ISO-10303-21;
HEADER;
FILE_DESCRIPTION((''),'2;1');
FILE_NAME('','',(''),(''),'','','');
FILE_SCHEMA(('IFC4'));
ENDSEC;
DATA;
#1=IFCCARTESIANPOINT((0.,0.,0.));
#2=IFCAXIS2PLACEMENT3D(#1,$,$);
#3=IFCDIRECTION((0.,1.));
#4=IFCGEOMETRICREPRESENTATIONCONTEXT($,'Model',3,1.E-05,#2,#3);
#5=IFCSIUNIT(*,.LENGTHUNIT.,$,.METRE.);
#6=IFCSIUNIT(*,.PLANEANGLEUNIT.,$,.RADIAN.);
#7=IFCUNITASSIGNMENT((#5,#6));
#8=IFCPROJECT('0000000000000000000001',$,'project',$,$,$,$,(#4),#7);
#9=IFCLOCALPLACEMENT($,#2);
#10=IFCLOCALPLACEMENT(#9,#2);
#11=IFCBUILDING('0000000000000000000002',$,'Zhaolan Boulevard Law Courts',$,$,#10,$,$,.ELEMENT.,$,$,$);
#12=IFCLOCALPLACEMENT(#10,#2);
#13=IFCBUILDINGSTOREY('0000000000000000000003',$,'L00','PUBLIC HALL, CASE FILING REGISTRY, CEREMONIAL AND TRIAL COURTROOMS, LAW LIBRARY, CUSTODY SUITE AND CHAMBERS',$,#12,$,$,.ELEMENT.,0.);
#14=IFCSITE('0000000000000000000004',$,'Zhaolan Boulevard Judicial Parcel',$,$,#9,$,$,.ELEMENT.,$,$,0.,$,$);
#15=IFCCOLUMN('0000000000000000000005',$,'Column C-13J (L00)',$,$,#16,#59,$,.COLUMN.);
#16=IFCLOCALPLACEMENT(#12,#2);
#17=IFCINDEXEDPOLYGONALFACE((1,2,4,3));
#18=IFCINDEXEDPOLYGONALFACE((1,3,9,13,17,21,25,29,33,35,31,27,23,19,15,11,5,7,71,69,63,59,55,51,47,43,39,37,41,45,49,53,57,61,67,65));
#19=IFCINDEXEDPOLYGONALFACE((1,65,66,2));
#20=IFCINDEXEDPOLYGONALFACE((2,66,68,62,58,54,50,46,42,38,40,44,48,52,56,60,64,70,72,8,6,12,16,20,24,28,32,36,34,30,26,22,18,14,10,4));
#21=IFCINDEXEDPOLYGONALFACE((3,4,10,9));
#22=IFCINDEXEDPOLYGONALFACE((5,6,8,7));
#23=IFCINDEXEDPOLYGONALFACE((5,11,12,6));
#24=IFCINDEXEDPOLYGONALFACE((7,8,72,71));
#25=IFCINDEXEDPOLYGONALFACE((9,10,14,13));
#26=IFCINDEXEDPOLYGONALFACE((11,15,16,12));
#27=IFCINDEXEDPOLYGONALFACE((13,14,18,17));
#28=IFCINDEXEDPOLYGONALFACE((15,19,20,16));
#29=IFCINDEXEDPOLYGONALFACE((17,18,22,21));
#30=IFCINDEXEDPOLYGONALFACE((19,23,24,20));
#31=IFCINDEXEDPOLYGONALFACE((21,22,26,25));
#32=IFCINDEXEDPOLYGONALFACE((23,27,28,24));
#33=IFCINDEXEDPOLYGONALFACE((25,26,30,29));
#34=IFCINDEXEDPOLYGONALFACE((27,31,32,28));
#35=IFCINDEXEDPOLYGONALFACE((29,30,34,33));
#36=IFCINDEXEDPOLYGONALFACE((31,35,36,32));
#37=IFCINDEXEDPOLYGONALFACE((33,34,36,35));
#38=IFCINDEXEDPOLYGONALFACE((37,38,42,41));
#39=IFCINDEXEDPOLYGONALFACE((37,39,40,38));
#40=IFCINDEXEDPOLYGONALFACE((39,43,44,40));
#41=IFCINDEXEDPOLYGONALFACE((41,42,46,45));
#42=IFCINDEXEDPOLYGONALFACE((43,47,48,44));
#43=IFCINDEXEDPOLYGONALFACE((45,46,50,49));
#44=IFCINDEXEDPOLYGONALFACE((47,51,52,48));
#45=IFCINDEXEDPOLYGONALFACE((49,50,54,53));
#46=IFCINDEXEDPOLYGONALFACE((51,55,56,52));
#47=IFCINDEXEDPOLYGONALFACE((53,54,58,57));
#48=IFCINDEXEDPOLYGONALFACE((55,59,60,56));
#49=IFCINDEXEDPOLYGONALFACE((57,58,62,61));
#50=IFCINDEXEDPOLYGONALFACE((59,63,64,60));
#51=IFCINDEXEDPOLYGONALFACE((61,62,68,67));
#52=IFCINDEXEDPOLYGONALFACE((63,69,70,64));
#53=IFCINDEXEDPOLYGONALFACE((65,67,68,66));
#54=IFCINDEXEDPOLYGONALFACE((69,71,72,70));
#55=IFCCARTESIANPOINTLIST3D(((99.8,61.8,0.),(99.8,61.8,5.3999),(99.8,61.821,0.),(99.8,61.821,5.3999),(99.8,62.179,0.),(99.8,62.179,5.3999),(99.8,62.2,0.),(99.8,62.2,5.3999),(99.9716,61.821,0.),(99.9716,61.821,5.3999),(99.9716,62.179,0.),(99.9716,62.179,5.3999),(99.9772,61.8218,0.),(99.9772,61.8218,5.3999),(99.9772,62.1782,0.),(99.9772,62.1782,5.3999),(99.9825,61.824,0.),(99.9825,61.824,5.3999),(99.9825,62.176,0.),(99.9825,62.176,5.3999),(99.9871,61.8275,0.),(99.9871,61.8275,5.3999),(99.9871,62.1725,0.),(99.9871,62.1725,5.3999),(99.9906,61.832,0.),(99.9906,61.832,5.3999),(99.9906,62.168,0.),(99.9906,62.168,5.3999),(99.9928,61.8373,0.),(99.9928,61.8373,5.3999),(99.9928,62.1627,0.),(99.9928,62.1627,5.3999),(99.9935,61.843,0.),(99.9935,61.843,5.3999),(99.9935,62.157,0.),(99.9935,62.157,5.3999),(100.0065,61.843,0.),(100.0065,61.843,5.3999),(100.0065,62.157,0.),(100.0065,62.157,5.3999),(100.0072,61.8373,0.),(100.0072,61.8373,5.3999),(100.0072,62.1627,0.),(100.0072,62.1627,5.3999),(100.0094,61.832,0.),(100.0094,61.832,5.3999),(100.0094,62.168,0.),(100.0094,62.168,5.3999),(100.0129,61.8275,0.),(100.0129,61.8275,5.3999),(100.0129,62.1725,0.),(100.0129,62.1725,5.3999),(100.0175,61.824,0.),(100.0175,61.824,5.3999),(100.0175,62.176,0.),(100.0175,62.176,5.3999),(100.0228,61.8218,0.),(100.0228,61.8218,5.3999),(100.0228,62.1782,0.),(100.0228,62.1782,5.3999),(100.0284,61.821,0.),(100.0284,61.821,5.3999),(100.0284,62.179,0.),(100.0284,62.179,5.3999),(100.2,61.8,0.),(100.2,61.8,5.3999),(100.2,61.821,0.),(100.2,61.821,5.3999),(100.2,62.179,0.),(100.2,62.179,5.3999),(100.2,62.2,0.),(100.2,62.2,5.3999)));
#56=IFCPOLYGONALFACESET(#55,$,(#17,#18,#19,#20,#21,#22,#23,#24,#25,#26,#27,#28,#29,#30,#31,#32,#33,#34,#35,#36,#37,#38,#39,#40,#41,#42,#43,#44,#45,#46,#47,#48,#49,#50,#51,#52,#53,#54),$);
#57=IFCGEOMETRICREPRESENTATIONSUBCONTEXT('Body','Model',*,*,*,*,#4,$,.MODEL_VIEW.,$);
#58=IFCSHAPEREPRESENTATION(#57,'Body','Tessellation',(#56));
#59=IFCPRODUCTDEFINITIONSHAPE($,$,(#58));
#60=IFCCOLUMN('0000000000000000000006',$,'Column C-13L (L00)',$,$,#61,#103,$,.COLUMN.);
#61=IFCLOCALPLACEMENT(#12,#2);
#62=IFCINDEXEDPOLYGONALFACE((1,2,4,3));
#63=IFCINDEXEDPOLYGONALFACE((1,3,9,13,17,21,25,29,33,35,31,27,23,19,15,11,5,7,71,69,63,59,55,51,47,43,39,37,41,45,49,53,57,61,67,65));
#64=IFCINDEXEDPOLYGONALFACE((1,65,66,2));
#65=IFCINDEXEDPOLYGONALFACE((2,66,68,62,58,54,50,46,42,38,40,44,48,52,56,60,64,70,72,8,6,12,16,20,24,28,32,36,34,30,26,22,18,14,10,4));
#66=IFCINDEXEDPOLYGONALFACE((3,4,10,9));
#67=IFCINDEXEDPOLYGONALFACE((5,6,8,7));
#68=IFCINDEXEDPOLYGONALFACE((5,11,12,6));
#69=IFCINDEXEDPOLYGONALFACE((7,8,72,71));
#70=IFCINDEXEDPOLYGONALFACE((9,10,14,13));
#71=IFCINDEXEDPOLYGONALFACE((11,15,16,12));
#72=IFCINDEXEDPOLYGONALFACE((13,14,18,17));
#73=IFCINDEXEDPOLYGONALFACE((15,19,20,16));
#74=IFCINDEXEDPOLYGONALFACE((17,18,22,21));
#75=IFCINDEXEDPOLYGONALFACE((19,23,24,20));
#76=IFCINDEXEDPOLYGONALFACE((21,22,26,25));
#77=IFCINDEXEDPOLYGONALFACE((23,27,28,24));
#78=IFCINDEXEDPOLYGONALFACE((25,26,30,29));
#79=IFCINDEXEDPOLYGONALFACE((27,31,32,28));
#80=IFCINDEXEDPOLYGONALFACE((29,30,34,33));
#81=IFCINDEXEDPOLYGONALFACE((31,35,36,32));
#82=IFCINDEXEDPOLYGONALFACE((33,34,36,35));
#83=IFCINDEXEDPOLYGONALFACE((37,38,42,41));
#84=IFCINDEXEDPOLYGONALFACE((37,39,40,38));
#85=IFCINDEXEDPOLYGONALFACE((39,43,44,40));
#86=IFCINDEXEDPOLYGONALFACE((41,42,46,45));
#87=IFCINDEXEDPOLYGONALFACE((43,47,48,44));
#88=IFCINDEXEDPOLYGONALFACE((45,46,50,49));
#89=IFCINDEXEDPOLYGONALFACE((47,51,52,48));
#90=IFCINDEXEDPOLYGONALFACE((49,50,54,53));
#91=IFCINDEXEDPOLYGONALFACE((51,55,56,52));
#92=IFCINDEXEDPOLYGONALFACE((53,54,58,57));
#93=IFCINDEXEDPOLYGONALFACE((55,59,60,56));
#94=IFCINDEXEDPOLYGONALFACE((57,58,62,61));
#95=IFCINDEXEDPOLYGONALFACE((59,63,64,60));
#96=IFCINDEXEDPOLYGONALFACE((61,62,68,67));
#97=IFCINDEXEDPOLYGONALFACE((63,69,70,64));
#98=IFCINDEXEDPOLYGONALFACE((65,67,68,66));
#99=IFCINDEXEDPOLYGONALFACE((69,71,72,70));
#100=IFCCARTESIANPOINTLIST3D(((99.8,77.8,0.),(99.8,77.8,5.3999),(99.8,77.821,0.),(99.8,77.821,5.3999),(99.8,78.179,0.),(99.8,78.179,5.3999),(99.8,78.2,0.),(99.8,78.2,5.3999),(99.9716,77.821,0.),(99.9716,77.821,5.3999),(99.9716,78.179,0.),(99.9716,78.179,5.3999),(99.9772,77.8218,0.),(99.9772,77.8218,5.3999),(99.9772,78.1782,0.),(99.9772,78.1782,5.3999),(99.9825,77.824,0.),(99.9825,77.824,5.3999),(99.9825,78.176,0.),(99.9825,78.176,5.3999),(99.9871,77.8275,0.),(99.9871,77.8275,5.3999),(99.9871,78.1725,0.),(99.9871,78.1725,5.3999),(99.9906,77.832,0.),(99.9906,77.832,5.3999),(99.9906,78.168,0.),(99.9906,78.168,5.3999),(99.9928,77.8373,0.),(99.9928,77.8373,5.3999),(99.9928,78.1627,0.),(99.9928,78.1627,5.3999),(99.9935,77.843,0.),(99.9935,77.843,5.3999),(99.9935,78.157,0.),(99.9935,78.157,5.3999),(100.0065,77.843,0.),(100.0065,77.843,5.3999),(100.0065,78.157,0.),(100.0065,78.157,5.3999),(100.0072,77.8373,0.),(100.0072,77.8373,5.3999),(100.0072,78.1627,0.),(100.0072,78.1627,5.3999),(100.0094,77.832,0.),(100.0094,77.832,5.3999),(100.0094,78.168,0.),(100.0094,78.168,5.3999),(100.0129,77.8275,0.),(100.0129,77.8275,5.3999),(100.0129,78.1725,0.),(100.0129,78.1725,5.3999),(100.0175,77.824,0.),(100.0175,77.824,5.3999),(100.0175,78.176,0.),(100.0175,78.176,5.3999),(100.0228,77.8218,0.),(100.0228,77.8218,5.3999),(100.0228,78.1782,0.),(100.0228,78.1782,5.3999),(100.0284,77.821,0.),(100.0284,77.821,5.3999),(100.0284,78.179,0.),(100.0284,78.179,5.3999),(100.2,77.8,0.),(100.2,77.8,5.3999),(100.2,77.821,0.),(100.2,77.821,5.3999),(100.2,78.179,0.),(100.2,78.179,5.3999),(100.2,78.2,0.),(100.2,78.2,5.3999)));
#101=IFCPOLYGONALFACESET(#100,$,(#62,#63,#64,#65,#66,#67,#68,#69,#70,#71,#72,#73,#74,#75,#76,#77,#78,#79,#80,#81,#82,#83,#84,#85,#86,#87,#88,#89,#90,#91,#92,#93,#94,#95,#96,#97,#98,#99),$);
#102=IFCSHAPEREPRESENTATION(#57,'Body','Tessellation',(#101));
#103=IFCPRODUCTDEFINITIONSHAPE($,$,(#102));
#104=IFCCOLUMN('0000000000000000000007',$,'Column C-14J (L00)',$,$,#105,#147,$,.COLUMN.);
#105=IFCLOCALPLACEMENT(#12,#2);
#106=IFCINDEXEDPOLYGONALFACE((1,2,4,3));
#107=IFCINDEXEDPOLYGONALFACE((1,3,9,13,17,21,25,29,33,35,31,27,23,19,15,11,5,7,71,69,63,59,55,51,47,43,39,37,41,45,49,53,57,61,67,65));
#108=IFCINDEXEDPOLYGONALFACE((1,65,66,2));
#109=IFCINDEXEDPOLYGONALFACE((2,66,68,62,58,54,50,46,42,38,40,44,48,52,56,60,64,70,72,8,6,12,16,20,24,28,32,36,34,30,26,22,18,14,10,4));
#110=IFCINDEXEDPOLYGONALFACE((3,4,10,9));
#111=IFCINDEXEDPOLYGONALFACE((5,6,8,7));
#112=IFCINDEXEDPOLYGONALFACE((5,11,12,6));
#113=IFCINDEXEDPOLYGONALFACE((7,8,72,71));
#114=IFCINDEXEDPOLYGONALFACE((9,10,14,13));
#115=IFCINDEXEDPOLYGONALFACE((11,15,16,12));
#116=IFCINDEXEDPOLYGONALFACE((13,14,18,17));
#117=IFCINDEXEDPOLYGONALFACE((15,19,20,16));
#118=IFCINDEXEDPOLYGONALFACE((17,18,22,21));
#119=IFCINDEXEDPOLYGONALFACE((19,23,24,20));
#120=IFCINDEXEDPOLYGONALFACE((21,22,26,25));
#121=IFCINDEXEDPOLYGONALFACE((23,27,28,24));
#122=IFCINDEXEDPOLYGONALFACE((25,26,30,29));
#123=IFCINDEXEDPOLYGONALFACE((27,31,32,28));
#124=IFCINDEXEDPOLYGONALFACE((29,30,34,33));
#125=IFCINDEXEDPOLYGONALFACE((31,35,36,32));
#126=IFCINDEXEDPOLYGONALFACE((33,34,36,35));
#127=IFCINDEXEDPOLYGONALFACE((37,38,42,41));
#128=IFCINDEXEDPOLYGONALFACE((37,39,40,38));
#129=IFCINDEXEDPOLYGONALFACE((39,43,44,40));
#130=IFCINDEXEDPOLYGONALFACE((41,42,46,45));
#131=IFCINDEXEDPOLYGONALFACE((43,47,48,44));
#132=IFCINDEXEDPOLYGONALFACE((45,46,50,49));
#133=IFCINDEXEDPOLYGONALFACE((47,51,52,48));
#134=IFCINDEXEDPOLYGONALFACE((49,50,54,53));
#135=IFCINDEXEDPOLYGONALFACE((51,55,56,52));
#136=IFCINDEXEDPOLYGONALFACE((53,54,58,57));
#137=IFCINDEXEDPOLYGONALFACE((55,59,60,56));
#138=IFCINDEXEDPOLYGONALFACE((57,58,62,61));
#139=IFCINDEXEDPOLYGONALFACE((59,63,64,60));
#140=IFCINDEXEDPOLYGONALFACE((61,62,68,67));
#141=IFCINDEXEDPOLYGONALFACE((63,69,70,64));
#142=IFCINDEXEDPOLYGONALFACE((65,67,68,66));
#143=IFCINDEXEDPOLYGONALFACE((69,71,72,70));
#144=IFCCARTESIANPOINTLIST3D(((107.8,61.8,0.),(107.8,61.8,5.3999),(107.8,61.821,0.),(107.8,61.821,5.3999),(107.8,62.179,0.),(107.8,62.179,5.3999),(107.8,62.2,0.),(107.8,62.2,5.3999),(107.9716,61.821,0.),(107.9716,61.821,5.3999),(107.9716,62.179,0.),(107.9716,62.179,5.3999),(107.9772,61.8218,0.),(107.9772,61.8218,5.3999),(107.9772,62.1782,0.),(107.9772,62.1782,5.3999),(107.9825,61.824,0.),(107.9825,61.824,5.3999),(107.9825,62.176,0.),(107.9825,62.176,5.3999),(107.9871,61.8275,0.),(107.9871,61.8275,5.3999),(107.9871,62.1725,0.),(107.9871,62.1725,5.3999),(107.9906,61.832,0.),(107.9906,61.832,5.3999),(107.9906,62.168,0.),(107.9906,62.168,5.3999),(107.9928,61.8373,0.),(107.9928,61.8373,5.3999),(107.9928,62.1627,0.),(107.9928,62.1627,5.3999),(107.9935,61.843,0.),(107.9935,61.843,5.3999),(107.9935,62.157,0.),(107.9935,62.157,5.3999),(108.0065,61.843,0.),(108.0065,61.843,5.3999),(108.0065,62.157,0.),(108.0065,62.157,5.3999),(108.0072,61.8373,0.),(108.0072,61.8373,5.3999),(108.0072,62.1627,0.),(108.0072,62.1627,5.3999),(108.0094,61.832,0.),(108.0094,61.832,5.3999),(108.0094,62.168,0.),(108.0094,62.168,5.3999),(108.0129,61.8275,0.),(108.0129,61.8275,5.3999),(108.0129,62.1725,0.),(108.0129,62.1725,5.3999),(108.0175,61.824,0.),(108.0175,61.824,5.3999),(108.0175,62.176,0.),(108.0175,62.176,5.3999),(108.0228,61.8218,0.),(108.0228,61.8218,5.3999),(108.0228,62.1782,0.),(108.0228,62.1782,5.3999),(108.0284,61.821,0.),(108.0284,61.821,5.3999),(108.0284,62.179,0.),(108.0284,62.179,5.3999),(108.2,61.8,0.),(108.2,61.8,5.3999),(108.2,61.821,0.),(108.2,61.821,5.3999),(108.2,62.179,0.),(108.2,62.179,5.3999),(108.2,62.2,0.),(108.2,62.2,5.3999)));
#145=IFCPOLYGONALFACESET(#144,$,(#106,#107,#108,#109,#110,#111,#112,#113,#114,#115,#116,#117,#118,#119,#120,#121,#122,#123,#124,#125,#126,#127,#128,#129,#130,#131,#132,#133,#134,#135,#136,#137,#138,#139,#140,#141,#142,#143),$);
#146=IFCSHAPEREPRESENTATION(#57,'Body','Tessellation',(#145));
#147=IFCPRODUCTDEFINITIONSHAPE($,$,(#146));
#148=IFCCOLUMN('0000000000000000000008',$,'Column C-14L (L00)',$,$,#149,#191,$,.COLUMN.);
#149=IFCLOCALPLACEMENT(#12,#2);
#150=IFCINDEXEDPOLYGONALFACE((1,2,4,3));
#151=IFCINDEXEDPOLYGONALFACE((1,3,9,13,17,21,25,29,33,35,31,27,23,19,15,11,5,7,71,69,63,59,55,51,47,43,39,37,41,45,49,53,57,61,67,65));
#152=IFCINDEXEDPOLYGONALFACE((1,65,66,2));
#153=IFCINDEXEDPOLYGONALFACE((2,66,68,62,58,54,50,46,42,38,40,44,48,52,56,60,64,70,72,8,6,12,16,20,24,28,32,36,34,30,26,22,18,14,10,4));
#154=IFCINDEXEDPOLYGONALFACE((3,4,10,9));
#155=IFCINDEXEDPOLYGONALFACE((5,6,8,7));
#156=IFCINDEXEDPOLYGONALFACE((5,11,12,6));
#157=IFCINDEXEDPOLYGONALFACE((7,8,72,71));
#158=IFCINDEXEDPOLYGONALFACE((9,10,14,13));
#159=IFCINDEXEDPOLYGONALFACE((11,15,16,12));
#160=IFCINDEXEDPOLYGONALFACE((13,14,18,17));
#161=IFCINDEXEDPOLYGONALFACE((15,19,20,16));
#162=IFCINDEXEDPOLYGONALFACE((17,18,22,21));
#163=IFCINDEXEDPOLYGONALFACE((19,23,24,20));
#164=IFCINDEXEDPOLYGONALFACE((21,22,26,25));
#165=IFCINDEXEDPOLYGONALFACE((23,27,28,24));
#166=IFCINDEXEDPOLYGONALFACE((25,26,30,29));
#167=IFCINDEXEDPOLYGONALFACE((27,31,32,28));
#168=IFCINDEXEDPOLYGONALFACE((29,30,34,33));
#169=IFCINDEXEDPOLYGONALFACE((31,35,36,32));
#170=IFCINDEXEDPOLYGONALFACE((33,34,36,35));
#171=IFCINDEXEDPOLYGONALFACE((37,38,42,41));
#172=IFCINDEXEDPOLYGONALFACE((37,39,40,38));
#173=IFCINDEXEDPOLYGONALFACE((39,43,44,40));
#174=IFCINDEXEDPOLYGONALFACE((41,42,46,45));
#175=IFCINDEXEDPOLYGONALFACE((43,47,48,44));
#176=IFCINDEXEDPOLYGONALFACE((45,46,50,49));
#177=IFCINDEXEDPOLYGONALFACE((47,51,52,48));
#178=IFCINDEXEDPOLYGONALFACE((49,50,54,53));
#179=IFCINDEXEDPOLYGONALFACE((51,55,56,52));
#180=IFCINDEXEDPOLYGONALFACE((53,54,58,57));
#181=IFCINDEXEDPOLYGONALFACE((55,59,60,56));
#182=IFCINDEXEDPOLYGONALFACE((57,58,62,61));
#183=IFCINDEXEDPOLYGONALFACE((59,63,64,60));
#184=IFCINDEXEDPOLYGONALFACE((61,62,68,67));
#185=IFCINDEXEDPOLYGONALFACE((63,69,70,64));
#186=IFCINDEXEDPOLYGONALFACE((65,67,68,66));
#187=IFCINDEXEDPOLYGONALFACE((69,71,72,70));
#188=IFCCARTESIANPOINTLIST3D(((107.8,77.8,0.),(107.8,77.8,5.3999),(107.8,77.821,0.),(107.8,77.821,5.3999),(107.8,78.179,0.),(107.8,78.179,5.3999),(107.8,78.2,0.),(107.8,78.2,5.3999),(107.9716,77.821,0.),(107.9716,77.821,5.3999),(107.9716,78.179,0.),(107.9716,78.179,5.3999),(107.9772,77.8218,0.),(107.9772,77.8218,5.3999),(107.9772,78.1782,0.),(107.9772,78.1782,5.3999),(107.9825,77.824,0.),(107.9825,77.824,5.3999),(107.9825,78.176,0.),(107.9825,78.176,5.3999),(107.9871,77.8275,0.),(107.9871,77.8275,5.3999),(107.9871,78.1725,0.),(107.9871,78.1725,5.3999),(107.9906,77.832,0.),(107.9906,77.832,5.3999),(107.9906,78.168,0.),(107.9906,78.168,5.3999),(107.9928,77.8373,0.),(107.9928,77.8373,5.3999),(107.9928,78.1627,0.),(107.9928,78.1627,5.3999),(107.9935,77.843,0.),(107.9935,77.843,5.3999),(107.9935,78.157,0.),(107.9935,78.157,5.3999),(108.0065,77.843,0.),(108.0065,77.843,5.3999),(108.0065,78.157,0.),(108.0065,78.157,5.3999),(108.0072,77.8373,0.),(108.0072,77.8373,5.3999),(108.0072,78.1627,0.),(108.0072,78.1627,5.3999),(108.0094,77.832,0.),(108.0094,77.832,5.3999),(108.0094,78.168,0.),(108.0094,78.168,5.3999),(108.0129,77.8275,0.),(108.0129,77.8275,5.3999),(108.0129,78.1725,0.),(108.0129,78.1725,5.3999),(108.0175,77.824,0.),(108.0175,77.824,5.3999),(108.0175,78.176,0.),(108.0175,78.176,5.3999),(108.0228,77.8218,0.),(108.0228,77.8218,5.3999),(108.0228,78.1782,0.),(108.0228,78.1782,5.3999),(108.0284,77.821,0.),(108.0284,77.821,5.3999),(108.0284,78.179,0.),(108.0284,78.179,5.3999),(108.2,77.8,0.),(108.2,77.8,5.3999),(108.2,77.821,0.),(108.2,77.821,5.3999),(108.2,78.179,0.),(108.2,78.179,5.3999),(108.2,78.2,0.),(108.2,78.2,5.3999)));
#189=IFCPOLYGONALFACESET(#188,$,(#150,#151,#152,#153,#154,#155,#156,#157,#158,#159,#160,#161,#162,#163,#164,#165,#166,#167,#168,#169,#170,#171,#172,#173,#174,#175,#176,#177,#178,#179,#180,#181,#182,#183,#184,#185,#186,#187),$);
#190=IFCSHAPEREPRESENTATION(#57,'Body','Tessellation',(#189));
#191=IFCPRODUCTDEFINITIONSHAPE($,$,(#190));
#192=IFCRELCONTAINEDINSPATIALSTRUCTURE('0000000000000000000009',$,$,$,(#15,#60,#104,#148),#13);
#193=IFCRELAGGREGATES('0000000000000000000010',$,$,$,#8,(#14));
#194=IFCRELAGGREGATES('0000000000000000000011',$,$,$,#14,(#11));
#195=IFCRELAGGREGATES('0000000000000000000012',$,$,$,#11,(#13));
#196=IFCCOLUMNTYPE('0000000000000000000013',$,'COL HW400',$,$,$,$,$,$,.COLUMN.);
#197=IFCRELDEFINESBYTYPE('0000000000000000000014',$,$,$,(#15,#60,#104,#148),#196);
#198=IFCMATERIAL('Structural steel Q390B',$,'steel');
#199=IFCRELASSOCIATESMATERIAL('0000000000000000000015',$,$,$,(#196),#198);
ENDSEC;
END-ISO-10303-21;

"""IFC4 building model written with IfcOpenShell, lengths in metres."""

from ifc_helpers import new_model, si_unit, direction, frame, origin, origin_2d, place, context, subcontext, project, spatial, i_section, extrude, material, material_profile, profile_set, type_object, element, save


model = new_model("IFC4")

# Units and contexts
model_context = context("Model", 3, precision=1e-05, world=origin(), true_north=direction((0.0, 1.0)))
body_context = subcontext(model_context, "Body", "Model", "MODEL_VIEW")
ifc_project = project(units=[si_unit("LENGTHUNIT", "METRE"), si_unit("PLANEANGLEUNIT", "RADIAN")], contexts=[model_context])

# Site, building, storey
site_placement = place(None, origin())
site = spatial("IfcSite", under=ifc_project, at=site_placement, Name="Zhaolan Boulevard Judicial Parcel", CompositionType="ELEMENT", RefElevation=0.0)
building_placement = place(site_placement, origin())
building = spatial("IfcBuilding", under=site, at=building_placement, Name="Zhaolan Boulevard Law Courts", CompositionType="ELEMENT")
storey_placement = place(building_placement, origin())
storey = spatial("IfcBuildingStorey", under=building, at=storey_placement, Name="L00", Description="PUBLIC HALL, CASE FILING REGISTRY, CEREMONIAL AND TRIAL COURTROOMS, LAW LIBRARY, CUSTODY SUITE AND CHAMBERS", CompositionType="ELEMENT", Elevation=0.0)

# Columns
ifc_material_1 = material(Name="Structural steel Q390B", Category="steel")
ifc_material_profile_1 = material_profile(ifc_material_1, i_section(OverallWidth=0.3999, OverallDepth=0.3999, WebThickness=0.0129, FlangeThickness=0.021, FilletRadius=0.022, at=origin_2d()), Name="HW400x400")
ifc_profile_set_1 = profile_set([ifc_material_profile_1], Name="Structural steel Q390B")
column_type = type_object("IfcColumnType", Name="COL HW400", PredefinedType="COLUMN", material=ifc_profile_set_1)
for number, where, z_axis, x_axis, name in (
    (1, (100.0, 62.0, 0.0), (0.0, 0.0, 1.0), (1.0, 0.0, 0.0), "Column C-13J (L00)"),
    (2, (100.0, 78.0, 0.0), (0.0, 0.0, 1.0), (1.0, 0.0, 0.0), "Column C-13L (L00)"),
    (3, (108.0, 62.0, 0.0), (0.0, 0.0, 1.0), (1.0, 0.0, 0.0), "Column C-14J (L00)"),
    (4, (108.0, 78.0, 0.0), (0.0, 0.0, 1.0), (1.0, 0.0, 0.0), "Column C-14L (L00)"),
):
    element("IfcColumn", number, at=place(storey_placement, frame(where, z_axis=z_axis, x_axis=x_axis)), inside=storey, type_object=column_type, Name=name, PredefinedType="COLUMN", context=body_context, shape_type="SweptSolid", body=[
        extrude(i_section(OverallWidth=0.3999, OverallDepth=0.3999, WebThickness=0.0129, FlangeThickness=0.021, FilletRadius=0.022, at=origin_2d()), origin(), (0.0, 0.0, 1.0), 5.3999),
    ])

save(model, "model.ifc")
